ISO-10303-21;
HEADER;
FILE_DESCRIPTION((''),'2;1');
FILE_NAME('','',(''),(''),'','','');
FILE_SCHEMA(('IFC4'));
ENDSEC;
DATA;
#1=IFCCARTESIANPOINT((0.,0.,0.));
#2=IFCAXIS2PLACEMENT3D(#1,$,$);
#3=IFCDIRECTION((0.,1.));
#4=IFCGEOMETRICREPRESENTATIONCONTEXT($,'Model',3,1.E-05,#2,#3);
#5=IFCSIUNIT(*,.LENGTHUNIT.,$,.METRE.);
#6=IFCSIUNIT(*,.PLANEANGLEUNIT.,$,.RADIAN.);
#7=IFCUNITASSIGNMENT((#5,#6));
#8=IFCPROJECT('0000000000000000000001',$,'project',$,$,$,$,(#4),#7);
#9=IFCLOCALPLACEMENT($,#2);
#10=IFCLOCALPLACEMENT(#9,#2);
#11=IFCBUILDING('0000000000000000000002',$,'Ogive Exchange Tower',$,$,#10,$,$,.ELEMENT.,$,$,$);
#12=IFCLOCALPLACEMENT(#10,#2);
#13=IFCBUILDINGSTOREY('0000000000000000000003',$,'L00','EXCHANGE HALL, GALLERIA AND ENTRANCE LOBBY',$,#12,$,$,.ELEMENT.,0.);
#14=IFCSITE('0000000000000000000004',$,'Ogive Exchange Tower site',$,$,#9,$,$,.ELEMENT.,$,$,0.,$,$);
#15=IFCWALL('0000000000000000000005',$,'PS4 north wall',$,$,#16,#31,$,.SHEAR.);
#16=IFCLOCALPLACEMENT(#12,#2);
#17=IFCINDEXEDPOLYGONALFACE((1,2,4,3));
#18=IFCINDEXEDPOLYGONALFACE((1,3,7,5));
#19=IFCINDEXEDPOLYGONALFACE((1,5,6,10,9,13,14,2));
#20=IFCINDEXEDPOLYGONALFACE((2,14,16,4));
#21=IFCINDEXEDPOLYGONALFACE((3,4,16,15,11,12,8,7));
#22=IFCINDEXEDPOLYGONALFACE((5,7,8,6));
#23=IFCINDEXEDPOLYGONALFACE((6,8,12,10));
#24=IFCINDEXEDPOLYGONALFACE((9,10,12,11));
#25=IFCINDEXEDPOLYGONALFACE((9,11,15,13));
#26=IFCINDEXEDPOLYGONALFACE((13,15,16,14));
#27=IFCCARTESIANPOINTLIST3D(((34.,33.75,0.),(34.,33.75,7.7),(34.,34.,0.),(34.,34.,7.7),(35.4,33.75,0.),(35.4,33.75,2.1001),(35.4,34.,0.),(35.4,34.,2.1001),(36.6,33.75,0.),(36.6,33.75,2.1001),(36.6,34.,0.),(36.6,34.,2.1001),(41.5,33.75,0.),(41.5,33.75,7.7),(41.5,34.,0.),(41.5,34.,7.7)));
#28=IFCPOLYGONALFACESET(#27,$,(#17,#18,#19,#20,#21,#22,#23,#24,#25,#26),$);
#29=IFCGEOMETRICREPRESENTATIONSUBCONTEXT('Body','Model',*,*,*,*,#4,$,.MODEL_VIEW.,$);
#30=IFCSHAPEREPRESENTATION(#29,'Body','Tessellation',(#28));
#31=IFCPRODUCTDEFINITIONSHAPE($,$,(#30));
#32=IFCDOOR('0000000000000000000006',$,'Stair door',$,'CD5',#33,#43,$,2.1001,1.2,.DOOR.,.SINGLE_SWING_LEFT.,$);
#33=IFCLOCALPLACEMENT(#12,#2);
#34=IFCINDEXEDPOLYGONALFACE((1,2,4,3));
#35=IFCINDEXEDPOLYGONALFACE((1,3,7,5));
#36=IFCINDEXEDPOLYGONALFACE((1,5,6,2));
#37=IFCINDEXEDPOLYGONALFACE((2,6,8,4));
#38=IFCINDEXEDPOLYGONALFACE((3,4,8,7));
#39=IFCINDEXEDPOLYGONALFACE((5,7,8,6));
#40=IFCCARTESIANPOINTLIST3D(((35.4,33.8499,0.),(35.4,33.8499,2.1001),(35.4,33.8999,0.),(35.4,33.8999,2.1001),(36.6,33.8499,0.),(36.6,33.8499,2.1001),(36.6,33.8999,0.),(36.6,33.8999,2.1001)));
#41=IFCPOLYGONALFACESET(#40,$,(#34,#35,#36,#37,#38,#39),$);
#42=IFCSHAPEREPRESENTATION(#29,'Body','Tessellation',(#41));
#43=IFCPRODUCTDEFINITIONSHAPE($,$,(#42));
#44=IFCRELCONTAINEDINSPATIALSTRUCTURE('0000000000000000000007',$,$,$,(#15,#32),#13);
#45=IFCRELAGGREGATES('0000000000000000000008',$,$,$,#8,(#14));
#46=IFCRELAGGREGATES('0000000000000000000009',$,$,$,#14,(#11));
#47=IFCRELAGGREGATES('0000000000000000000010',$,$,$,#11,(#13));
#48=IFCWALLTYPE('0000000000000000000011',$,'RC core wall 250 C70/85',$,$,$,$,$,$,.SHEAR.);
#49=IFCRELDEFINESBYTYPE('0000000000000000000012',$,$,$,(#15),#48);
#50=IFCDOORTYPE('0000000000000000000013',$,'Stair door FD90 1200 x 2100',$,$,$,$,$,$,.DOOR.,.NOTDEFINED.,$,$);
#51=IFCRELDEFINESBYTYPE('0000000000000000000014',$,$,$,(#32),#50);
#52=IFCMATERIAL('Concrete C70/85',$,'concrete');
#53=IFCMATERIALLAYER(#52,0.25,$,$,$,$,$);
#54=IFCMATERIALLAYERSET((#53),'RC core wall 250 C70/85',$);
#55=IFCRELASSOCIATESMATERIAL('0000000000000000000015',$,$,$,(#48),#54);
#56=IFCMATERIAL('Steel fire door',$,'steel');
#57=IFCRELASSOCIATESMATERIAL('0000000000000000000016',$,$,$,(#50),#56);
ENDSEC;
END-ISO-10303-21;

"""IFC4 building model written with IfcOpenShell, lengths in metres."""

from ifc_helpers import new_model, si_unit, direction, frame, frame_2d, origin, place, context, subcontext, project, spatial, rectangle, extrude, material, layer, layer_set, type_object, element, fill, save


model = new_model("IFC4")

# Units and contexts
model_context = context("Model", 3, precision=1e-05, world=origin(), true_north=direction((0.0, 1.0)))
body_context = subcontext(model_context, "Body", "Model", "MODEL_VIEW")
ifc_project = project(units=[si_unit("LENGTHUNIT", "METRE"), si_unit("PLANEANGLEUNIT", "RADIAN")], contexts=[model_context])

# Site, building, storey
site_placement = place(None, origin())
site = spatial("IfcSite", under=ifc_project, at=site_placement, Name="Ogive Exchange Tower site", CompositionType="ELEMENT", RefElevation=0.0)
building_placement = place(site_placement, origin())
building = spatial("IfcBuilding", under=site, at=building_placement, Name="Ogive Exchange Tower", CompositionType="ELEMENT")
storey_placement = place(building_placement, origin())
storey = spatial("IfcBuildingStorey", under=building, at=storey_placement, Name="L00", Description="EXCHANGE HALL, GALLERIA AND ENTRANCE LOBBY", CompositionType="ELEMENT", Elevation=0.0)

# Shared definitions
ifc_material_1 = material(Name="Concrete C70/85", Category="concrete")

# Wall, opening, door
ifc_layer_1 = layer(ifc_material_1, 0.25)
ifc_layer_set_1 = layer_set([ifc_layer_1], Name="RC core wall 250 C70/85")
wall_type_1 = type_object("IfcWallType", Name="RC core wall 250 C70/85", PredefinedType="SHEAR", material=ifc_layer_set_1)
wall_1_placement = place(storey_placement, frame((34.0, 33.875, 0.0), z_axis=(0.0, 0.0, 1.0), x_axis=(1.0, 0.0, 0.0)))
wall_1 = element("IfcWall", 1, at=wall_1_placement, inside=storey, type_object=wall_type_1, Name="PS4 north wall", PredefinedType="SHEAR", context=body_context, shape_type="SweptSolid", body=[
    extrude(rectangle(XDim=7.5, YDim=0.25, at=frame_2d((3.75, 0.0))), origin(), (0.0, 0.0, 1.0), 7.7),
])
opening_placement = place(wall_1_placement, frame((1.3999, 0.0, 0.0)))
opening = element("IfcOpeningElement", 2, at=opening_placement, cuts=wall_1, PredefinedType="OPENING", context=body_context, shape_type="SweptSolid", body=[
    extrude(rectangle(XDim=1.2, YDim=2.1001, at=frame_2d((0.6001, 1.05))), frame((0.0, 0.135, 0.0), z_axis=(0.0, -1.0, 0.0), x_axis=(1.0, 0.0, 0.0)), (0.0, 0.0, 1.0), 0.27),
])
ifc_material_2 = material(Name="Steel fire door", Category="steel")
door_type = type_object("IfcDoorType", Name="Stair door FD90 1200 x 2100", OperationType="NOTDEFINED", PredefinedType="DOOR", material=ifc_material_2)
door_placement = place(opening_placement, origin())
door = element("IfcDoor", 3, at=door_placement, inside=storey, type_object=door_type, Name="Stair door", ObjectType="CD5", OperationType="SINGLE_SWING_LEFT", OverallHeight=2.1001, OverallWidth=1.2, PredefinedType="DOOR", context=body_context, shape_type="SweptSolid", body=[
    extrude(rectangle(XDim=1.2, YDim=2.1001, at=frame_2d((0.6001, 1.05))), frame((0.0, 0.0249, 0.0), z_axis=(0.0, -1.0, 0.0), x_axis=(1.0, 0.0, 0.0)), (0.0, 0.0, 1.0), 0.05),
])
fill(opening, door)

save(model, "model.ifc")
